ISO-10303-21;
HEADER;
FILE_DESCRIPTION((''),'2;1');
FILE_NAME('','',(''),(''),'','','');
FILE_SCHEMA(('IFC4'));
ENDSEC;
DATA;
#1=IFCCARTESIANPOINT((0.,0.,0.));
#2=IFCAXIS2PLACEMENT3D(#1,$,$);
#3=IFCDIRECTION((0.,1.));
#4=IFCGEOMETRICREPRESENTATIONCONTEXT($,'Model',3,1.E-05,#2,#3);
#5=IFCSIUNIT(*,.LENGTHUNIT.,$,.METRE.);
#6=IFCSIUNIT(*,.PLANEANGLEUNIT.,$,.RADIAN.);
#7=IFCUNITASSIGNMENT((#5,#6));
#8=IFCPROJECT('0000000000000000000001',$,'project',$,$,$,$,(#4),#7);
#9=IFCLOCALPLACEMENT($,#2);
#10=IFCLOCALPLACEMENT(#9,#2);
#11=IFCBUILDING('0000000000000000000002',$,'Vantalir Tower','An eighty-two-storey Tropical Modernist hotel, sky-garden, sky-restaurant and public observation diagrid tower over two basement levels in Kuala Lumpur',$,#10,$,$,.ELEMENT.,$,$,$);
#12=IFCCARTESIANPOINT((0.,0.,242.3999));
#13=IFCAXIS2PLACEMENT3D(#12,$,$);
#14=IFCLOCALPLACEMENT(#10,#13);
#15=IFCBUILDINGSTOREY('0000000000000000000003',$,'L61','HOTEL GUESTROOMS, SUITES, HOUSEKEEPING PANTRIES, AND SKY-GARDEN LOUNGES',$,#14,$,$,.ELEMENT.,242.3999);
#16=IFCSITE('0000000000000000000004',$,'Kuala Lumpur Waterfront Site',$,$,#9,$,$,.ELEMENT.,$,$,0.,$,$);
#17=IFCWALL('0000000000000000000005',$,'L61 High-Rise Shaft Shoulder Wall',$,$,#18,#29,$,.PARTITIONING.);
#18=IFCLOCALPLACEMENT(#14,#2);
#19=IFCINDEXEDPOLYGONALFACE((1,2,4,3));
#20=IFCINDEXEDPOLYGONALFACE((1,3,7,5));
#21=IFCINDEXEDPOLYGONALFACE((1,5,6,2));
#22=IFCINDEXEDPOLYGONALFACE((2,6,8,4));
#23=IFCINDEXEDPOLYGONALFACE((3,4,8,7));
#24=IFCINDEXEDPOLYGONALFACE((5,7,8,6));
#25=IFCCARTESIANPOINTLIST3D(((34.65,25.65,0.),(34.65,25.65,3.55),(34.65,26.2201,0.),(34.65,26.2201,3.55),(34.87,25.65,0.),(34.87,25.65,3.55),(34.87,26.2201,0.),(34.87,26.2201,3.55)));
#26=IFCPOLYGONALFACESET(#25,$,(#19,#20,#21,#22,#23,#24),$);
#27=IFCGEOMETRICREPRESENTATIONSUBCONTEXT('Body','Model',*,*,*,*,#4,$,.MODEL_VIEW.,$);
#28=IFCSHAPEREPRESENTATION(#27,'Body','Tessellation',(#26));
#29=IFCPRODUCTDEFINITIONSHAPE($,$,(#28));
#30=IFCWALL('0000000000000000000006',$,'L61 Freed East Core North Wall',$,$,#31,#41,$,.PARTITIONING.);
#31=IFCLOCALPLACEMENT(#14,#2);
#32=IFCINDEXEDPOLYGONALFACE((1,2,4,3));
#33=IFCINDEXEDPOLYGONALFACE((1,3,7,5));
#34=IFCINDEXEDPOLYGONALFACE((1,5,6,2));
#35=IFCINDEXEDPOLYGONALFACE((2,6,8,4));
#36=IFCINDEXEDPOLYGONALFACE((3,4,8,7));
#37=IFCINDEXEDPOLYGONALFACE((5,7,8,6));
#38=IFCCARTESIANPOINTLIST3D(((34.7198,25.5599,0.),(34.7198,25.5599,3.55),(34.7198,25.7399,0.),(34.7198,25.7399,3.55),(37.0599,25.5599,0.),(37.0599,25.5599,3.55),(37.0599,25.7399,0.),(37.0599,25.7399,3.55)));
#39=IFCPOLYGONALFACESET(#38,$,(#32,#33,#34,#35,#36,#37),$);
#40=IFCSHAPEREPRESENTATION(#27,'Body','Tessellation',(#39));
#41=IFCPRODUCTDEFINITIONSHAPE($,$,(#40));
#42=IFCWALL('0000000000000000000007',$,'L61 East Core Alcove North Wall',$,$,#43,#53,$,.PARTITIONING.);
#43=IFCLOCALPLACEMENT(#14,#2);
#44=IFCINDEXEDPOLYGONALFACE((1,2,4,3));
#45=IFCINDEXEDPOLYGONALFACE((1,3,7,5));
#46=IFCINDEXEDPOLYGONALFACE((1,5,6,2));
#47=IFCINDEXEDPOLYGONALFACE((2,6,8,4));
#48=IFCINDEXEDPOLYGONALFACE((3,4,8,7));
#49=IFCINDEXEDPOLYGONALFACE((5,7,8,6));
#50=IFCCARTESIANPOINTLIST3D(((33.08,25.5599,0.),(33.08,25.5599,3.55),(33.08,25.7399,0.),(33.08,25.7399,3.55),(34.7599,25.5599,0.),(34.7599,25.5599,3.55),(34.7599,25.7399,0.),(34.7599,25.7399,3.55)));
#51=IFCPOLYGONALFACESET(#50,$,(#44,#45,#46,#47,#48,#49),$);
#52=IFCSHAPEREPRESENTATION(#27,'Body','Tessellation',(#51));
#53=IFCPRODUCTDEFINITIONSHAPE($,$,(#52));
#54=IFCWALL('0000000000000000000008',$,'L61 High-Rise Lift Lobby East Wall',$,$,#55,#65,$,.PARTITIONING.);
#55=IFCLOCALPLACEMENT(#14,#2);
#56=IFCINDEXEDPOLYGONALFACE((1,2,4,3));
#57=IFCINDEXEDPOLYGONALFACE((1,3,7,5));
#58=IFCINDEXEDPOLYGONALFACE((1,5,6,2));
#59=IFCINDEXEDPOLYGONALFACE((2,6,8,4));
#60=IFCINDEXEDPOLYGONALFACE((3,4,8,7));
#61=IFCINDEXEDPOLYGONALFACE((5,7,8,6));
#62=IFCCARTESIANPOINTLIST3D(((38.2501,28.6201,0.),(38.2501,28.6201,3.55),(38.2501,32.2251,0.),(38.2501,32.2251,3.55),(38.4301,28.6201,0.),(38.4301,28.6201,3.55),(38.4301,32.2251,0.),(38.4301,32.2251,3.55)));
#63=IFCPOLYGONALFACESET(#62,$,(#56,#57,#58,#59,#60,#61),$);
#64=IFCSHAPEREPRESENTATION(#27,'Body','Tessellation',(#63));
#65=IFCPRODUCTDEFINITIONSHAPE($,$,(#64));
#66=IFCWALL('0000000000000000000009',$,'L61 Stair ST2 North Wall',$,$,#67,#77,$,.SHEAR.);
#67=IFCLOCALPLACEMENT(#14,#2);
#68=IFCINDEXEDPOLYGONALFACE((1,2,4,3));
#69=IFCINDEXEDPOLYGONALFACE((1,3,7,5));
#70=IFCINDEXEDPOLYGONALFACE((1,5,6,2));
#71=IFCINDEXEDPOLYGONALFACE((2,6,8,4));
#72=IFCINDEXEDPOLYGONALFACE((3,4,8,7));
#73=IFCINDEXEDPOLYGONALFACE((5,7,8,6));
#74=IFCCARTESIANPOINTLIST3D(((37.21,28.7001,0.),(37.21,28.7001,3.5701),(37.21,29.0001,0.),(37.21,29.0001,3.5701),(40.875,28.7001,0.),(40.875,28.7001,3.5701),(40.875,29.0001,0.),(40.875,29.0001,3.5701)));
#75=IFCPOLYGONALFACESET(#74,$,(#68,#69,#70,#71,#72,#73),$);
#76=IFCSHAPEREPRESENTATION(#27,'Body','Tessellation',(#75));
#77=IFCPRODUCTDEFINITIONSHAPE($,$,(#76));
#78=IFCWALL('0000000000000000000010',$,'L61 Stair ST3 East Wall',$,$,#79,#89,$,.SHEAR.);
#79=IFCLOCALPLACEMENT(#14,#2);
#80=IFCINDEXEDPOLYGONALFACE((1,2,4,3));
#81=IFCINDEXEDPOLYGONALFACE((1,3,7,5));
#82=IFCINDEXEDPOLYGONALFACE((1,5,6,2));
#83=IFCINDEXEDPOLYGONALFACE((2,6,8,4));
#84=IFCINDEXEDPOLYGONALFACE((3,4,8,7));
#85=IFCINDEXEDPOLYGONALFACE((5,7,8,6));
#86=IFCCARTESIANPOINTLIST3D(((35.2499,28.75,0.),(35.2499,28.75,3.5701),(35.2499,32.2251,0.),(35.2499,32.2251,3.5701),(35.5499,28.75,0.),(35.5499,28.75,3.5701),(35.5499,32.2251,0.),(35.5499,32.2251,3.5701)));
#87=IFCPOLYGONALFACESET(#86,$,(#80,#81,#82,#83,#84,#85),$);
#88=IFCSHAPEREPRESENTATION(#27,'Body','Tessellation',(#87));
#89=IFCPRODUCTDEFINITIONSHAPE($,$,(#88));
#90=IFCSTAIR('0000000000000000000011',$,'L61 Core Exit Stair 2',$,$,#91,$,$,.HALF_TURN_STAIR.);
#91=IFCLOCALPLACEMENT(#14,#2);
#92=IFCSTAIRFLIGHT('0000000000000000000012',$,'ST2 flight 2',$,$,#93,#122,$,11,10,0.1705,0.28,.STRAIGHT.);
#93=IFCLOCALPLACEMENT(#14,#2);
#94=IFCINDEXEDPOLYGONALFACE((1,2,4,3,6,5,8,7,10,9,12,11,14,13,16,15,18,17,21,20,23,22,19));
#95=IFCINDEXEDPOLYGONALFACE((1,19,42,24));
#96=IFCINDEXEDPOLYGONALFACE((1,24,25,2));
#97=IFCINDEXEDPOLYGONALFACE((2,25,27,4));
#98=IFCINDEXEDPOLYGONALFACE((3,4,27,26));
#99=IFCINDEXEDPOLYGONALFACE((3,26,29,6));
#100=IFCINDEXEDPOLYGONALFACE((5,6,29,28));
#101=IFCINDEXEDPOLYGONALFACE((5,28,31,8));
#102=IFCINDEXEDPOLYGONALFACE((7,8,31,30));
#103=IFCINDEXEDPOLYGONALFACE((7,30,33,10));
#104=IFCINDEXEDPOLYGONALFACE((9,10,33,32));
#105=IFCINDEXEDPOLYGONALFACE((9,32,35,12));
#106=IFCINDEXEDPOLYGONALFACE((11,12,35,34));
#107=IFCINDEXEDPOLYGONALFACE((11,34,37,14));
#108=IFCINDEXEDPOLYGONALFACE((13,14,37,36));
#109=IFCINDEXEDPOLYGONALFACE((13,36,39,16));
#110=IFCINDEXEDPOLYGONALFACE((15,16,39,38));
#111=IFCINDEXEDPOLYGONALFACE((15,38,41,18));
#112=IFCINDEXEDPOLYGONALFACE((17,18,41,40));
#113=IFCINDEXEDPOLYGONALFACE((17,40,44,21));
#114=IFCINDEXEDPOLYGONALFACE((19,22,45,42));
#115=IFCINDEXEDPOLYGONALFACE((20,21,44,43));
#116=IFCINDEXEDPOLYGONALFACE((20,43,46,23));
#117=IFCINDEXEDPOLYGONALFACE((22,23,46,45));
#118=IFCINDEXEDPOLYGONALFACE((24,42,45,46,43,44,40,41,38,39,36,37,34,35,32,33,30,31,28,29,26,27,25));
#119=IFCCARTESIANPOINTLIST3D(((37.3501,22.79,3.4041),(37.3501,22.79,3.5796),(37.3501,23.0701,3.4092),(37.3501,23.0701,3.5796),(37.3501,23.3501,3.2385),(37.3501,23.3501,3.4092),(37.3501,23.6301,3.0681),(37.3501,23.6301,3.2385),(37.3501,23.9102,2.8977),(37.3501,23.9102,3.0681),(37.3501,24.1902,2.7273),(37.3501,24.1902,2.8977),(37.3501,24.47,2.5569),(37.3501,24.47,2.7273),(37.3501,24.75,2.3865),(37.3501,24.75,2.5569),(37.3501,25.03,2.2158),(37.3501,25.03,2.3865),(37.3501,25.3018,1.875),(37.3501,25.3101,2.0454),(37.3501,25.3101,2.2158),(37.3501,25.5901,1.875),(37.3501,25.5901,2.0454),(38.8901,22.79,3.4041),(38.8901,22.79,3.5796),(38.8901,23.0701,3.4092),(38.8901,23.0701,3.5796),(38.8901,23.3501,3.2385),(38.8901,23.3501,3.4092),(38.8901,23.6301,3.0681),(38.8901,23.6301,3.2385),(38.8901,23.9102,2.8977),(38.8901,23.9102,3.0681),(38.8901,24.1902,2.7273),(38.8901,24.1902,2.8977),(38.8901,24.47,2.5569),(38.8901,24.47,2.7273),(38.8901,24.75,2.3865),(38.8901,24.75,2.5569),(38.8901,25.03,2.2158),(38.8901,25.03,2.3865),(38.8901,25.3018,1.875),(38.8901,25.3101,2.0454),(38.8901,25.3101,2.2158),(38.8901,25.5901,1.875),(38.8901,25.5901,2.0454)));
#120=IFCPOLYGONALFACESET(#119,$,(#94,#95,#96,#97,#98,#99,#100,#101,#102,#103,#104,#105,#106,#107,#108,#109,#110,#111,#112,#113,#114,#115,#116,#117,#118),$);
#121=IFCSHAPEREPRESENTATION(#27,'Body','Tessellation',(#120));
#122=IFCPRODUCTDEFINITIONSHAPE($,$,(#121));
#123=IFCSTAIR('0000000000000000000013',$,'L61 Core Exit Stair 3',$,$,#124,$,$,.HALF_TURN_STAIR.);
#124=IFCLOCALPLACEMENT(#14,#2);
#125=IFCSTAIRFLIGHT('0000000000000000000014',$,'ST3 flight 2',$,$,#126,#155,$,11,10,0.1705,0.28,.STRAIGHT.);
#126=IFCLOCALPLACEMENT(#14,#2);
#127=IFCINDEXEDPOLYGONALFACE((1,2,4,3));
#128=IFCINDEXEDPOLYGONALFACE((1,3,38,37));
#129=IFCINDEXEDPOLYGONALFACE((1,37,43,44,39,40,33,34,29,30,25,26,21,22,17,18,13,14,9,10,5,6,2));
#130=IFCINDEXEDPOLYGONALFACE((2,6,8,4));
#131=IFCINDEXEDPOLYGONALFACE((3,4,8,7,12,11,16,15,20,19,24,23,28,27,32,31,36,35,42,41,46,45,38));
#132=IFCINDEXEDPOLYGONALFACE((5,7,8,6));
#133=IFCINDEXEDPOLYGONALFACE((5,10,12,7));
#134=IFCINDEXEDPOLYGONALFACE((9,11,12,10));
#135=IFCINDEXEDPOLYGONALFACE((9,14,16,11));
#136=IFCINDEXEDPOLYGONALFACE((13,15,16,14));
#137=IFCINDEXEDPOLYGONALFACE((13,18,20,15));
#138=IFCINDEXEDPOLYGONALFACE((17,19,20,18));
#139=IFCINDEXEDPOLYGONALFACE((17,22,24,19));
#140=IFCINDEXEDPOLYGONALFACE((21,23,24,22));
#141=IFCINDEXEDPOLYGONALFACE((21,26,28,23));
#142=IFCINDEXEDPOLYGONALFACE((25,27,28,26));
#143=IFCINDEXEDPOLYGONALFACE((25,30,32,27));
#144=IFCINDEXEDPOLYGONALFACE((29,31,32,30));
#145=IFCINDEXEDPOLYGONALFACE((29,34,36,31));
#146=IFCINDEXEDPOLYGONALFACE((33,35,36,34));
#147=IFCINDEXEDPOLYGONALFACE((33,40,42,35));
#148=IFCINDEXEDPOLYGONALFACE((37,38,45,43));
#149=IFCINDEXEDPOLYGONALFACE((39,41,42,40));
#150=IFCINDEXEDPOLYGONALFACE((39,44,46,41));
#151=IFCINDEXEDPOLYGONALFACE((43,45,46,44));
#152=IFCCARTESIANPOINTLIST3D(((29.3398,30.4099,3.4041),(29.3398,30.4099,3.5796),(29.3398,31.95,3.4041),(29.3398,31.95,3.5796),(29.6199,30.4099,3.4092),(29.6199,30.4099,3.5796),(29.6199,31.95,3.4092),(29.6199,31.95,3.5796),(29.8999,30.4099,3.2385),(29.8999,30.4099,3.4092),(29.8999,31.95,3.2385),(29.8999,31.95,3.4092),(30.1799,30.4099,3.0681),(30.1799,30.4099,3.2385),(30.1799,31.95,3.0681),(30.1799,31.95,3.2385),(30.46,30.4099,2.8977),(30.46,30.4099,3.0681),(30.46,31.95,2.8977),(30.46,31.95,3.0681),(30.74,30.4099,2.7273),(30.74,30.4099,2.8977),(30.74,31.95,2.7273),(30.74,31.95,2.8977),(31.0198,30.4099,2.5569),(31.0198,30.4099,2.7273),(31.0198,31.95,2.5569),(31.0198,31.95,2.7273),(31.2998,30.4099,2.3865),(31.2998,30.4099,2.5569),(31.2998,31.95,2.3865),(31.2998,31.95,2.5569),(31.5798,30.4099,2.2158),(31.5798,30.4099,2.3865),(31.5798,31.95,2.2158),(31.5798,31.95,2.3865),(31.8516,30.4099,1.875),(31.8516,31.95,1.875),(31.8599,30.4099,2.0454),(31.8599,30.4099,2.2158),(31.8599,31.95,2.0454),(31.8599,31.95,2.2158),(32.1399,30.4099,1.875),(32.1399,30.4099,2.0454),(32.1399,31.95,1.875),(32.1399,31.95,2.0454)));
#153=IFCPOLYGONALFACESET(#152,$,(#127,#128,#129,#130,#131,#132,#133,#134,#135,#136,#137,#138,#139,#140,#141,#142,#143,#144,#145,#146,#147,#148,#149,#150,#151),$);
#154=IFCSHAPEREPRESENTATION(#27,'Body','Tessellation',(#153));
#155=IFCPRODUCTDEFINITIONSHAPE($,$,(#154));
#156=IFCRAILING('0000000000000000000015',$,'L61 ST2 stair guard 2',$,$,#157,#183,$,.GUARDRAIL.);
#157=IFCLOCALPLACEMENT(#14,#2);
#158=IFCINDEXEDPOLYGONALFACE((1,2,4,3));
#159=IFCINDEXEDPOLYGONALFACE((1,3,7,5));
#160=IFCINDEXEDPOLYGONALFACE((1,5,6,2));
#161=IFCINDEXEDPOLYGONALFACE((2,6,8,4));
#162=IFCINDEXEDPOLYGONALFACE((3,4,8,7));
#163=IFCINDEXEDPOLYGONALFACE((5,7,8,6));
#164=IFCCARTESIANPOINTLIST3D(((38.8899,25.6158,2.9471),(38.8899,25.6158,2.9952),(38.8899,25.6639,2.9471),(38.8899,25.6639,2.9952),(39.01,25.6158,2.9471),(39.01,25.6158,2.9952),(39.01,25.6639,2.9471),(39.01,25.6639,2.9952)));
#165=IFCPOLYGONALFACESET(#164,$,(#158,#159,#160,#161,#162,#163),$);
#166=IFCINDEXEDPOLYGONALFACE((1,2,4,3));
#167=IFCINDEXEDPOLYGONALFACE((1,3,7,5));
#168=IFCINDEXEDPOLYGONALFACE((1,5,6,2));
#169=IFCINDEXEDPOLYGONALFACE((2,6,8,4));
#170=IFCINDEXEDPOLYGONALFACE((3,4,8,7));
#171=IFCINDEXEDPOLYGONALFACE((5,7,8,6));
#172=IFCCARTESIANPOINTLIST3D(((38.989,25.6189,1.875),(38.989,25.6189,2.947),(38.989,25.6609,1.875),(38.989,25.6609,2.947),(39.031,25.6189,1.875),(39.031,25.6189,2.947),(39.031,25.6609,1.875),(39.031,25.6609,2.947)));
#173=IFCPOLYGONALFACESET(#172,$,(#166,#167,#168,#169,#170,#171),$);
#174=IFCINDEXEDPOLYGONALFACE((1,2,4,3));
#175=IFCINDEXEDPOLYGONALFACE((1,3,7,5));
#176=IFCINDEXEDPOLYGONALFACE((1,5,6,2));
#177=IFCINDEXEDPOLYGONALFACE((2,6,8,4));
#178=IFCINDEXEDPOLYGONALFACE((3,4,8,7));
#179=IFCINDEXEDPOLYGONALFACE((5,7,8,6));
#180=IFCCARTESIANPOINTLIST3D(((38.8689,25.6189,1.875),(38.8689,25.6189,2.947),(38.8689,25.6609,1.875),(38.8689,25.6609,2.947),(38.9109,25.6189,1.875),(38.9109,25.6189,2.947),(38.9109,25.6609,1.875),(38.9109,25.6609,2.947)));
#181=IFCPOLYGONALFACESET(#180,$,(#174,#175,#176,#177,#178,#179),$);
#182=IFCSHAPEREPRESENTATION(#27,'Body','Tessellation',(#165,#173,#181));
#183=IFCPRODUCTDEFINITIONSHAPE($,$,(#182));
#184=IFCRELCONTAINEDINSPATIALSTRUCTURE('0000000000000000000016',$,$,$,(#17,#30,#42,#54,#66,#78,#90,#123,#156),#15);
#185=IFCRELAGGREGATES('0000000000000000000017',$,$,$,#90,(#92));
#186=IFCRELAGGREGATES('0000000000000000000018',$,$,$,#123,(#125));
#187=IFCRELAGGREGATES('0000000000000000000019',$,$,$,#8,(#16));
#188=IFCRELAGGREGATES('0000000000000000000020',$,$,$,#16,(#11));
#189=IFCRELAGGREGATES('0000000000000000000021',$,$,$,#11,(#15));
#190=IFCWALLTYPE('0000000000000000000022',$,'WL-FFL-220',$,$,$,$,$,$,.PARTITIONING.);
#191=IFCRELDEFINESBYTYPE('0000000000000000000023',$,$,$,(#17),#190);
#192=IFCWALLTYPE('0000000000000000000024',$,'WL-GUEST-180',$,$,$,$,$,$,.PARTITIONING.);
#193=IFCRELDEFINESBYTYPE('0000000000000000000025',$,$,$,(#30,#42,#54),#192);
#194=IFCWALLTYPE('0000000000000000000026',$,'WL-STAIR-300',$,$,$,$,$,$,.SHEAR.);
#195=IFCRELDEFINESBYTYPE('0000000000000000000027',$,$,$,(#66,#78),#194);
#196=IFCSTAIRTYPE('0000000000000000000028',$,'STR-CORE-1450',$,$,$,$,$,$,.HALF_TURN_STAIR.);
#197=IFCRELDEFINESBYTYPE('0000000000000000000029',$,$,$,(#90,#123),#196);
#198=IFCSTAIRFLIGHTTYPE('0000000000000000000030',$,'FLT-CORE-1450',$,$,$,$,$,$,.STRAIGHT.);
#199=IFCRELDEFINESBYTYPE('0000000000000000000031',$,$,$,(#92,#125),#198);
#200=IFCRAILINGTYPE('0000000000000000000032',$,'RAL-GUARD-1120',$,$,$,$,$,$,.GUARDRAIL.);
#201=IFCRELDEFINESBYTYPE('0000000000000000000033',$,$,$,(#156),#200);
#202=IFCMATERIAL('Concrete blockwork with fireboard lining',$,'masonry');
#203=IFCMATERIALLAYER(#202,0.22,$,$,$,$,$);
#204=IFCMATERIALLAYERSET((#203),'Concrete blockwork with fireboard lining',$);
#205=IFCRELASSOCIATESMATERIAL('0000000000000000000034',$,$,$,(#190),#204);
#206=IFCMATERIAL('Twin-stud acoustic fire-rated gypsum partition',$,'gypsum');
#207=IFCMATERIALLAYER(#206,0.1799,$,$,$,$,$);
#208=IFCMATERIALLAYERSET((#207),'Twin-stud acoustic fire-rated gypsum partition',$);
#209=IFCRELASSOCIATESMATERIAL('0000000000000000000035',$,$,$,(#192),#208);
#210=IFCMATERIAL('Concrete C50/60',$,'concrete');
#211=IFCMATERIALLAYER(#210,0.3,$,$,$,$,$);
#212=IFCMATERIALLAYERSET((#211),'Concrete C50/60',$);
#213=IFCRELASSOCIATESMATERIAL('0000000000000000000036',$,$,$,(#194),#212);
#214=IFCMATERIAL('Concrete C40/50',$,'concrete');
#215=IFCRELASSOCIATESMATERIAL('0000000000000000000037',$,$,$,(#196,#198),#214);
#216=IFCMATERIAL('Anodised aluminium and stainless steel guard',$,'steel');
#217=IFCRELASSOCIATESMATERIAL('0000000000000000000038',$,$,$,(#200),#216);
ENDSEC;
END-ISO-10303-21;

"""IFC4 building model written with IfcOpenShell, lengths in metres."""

from ifc_helpers import new_model, si_unit, direction, frame, frame_2d, origin, origin_2d, place, context, subcontext, project, spatial, polyline, rectangle, outline, extrude, material, layer, layer_set, type_object, element, aggregate, save


model = new_model("IFC4")

# Units and contexts
model_context = context("Model", 3, precision=1e-05, world=origin(), true_north=direction((0.0, 1.0)))
body_context = subcontext(model_context, "Body", "Model", "MODEL_VIEW")
ifc_project = project(units=[si_unit("LENGTHUNIT", "METRE"), si_unit("PLANEANGLEUNIT", "RADIAN")], contexts=[model_context])

# Site, building, storey
site_placement = place(None, origin())
site = spatial("IfcSite", under=ifc_project, at=site_placement, Name="Kuala Lumpur Waterfront Site", CompositionType="ELEMENT", RefElevation=0.0)
building_placement = place(site_placement, origin())
building = spatial("IfcBuilding", under=site, at=building_placement, Name="Vantalir Tower", Description="An eighty-two-storey Tropical Modernist hotel, sky-garden, sky-restaurant and public observation diagrid tower over two basement levels in Kuala Lumpur", CompositionType="ELEMENT")
storey_placement = place(building_placement, frame((0.0, 0.0, 242.3999)))
storey = spatial("IfcBuildingStorey", under=building, at=storey_placement, Name="L61", Description="HOTEL GUESTROOMS, SUITES, HOUSEKEEPING PANTRIES, AND SKY-GARDEN LOUNGES", CompositionType="ELEMENT", Elevation=242.3999)

# Shared definitions
ifc_material_1 = material(Name="Concrete C50/60", Category="concrete")

# Shared definitions
ifc_material_2 = material(Name="Concrete blockwork with fireboard lining", Category="masonry")
ifc_layer_1 = layer(ifc_material_2, 0.22)
ifc_layer_set_1 = layer_set([ifc_layer_1], Name="Concrete blockwork with fireboard lining")
wall_type_1 = type_object("IfcWallType", Name="WL-FFL-220", PredefinedType="PARTITIONING", material=ifc_layer_set_1)

# Walls
wall_1_placement = place(storey_placement, frame((34.76, 25.6499, 0.0), z_axis=(0.0, 0.0, 1.0), x_axis=(0.0, 1.0, 0.0)))
element("IfcWall", 1, at=wall_1_placement, inside=storey, type_object=wall_type_1, Name="L61 High-Rise Shaft Shoulder Wall", PredefinedType="PARTITIONING", context=body_context, shape_type="SweptSolid", body=[
    extrude(rectangle(XDim=0.5701, YDim=0.22, at=frame_2d((0.2852, 0.0))), origin(), (0.0, 0.0, 1.0), 3.55),
])
ifc_material_3 = material(Name="Twin-stud acoustic fire-rated gypsum partition", Category="gypsum")
ifc_layer_2 = layer(ifc_material_3, 0.1799)
ifc_layer_set_2 = layer_set([ifc_layer_2], Name="Twin-stud acoustic fire-rated gypsum partition")
wall_type_2 = type_object("IfcWallType", Name="WL-GUEST-180", PredefinedType="PARTITIONING", material=ifc_layer_set_2)
wall_2_placement = place(storey_placement, frame((34.72, 25.6499, 0.0), z_axis=(0.0, 0.0, 1.0), x_axis=(1.0, 0.0, 0.0)))
element("IfcWall", 2, at=wall_2_placement, inside=storey, type_object=wall_type_2, Name="L61 Freed East Core North Wall", PredefinedType="PARTITIONING", context=body_context, shape_type="SweptSolid", body=[
    extrude(rectangle(XDim=2.3401, YDim=0.1799, at=frame_2d((1.1699, 0.0))), origin(), (0.0, 0.0, 1.0), 3.55),
])
wall_3_placement = place(storey_placement, frame((33.0801, 25.6499, 0.0), z_axis=(0.0, 0.0, 1.0), x_axis=(1.0, 0.0, 0.0)))
element("IfcWall", 3, at=wall_3_placement, inside=storey, type_object=wall_type_2, Name="L61 East Core Alcove North Wall", PredefinedType="PARTITIONING", context=body_context, shape_type="SweptSolid", body=[
    extrude(rectangle(XDim=1.6799, YDim=0.1799, at=frame_2d((0.8398, 0.0))), origin(), (0.0, 0.0, 1.0), 3.55),
])
wall_4_placement = place(storey_placement, frame((38.3401, 28.6201, 0.0), z_axis=(0.0, 0.0, 1.0), x_axis=(0.0, 1.0, 0.0)))
element("IfcWall", 4, at=wall_4_placement, inside=storey, type_object=wall_type_2, Name="L61 High-Rise Lift Lobby East Wall", PredefinedType="PARTITIONING", context=body_context, shape_type="SweptSolid", body=[
    extrude(rectangle(XDim=3.605, YDim=0.1799, at=frame_2d((1.8025, 0.0))), origin(), (0.0, 0.0, 1.0), 3.55),
])
ifc_layer_3 = layer(ifc_material_1, 0.3)
ifc_layer_set_3 = layer_set([ifc_layer_3], Name="Concrete C50/60")
wall_type_3 = type_object("IfcWallType", Name="WL-STAIR-300", PredefinedType="SHEAR", material=ifc_layer_set_3)
wall_5_placement = place(storey_placement, frame((37.21, 28.8501, 0.0), z_axis=(0.0, 0.0, 1.0), x_axis=(1.0, 0.0, 0.0)))
element("IfcWall", 5, at=wall_5_placement, inside=storey, type_object=wall_type_3, Name="L61 Stair ST2 North Wall", PredefinedType="SHEAR", context=body_context, shape_type="SweptSolid", body=[
    extrude(rectangle(XDim=3.665, YDim=0.3, at=frame_2d((1.8325, 0.0))), origin(), (0.0, 0.0, 1.0), 3.5701),
])
wall_6_placement = place(storey_placement, frame((35.3999, 28.75, 0.0), z_axis=(0.0, 0.0, 1.0), x_axis=(0.0, 1.0, 0.0)))
element("IfcWall", 6, at=wall_6_placement, inside=storey, type_object=wall_type_3, Name="L61 Stair ST3 East Wall", PredefinedType="SHEAR", context=body_context, shape_type="SweptSolid", body=[
    extrude(rectangle(XDim=3.4751, YDim=0.3, at=frame_2d((1.7375, 0.0))), origin(), (0.0, 0.0, 1.0), 3.5701),
])

# Stairs, stair flights
ifc_material_4 = material(Name="Concrete C40/50", Category="concrete")
stair_type = type_object("IfcStairType", Name="STR-CORE-1450", PredefinedType="HALF_TURN_STAIR", material=ifc_material_4)
stair_1_placement = place(storey_placement, origin())
stair_1 = element("IfcStair", 7, at=stair_1_placement, inside=storey, type_object=stair_type, Name="L61 Core Exit Stair 2", PredefinedType="HALF_TURN_STAIR")
stair_flight_type = type_object("IfcStairFlightType", Name="FLT-CORE-1450", PredefinedType="STRAIGHT", material=ifc_material_4)
stair_flight_1_placement = place(storey_placement, frame((38.1201, 25.5901, 1.875), z_axis=(0.0, 0.0, 1.0), x_axis=(0.0, -1.0, 0.0)))
stair_flight_1 = element("IfcStairFlight", 8, at=stair_flight_1_placement, type_object=stair_flight_type, Name="ST2 flight 2", NumberOfRisers=11, NumberOfTreads=10, PredefinedType="STRAIGHT", RiserHeight=0.1705, TreadLength=0.28, context=body_context, shape_type="SweptSolid", body=[
    extrude(outline(polyline([(0.0, 0.0), (0.0, 0.1704), (0.28, 0.1704), (0.28, 0.3408), (0.5601, 0.3408), (0.5601, 0.5115), (0.8401, 0.5115), (0.8401, 0.6819), (1.1201, 0.6819), (1.1201, 0.8523), (1.3999, 0.8523), (1.3999, 1.0227), (1.6799, 1.0227), (1.6799, 1.1931), (1.96, 1.1931), (1.96, 1.3635), (2.24, 1.3635), (2.24, 1.5342), (2.52, 1.5342), (2.52, 1.7046), (2.8, 1.7046), (2.8, 1.875), (2.8, 1.5291), (0.2883, 0.0), (0.0, 0.0)])), frame((0.0, 0.77, 0.0), z_axis=(0.0, -1.0, 0.0), x_axis=(1.0, 0.0, 0.0)), (0.0, 0.0, 1.0), 1.54),
])
aggregate(stair_1, [stair_flight_1])
stair_2_placement = place(storey_placement, origin())
stair_2 = element("IfcStair", 9, at=stair_2_placement, inside=storey, type_object=stair_type, Name="L61 Core Exit Stair 3", PredefinedType="HALF_TURN_STAIR")
stair_flight_2_placement = place(storey_placement, frame((32.1399, 31.1799, 1.875), z_axis=(0.0, 0.0, 1.0), x_axis=(-1.0, 0.0, 0.0)))
stair_flight_2 = element("IfcStairFlight", 10, at=stair_flight_2_placement, type_object=stair_flight_type, Name="ST3 flight 2", NumberOfRisers=11, NumberOfTreads=10, PredefinedType="STRAIGHT", RiserHeight=0.1705, TreadLength=0.28, context=body_context, shape_type="SweptSolid", body=[
    extrude(outline(polyline([(0.0, 0.0), (0.0, 0.1704), (0.28, 0.1704), (0.28, 0.3408), (0.5601, 0.3408), (0.5601, 0.5115), (0.8401, 0.5115), (0.8401, 0.6819), (1.1201, 0.6819), (1.1201, 0.8523), (1.3999, 0.8523), (1.3999, 1.0227), (1.6799, 1.0227), (1.6799, 1.1931), (1.96, 1.1931), (1.96, 1.3635), (2.24, 1.3635), (2.24, 1.5342), (2.52, 1.5342), (2.52, 1.7046), (2.8, 1.7046), (2.8, 1.875), (2.8, 1.5291), (0.2883, 0.0), (0.0, 0.0)])), frame((0.0, 0.77, 0.0), z_axis=(0.0, -1.0, 0.0), x_axis=(1.0, 0.0, 0.0)), (0.0, 0.0, 1.0), 1.54),
])
aggregate(stair_2, [stair_flight_2])

# Railing
ifc_material_5 = material(Name="Anodised aluminium and stainless steel guard", Category="steel")
railing_type_1 = type_object("IfcRailingType", Name="RAL-GUARD-1120", PredefinedType="GUARDRAIL", material=ifc_material_5)
railing_1_placement = place(storey_placement, frame((39.01, 25.6399, 1.875)))
element("IfcRailing", 11, at=railing_1_placement, inside=storey, type_object=railing_type_1, Name="L61 ST2 stair guard 2", PredefinedType="GUARDRAIL", context=body_context, shape_type="SweptSolid", body=[
    extrude(rectangle(XDim=0.0481, YDim=0.0481, at=origin_2d()), frame((0.0, 0.0, 1.0962), z_axis=(-1.0, 0.0, 0.0), x_axis=(0.0, -1.0, 0.0)), (0.0, 0.0, 1.0), 0.1201),
    extrude(rectangle(XDim=0.042, YDim=0.042, at=origin_2d()), origin(), (0.0, 0.0, 1.0), 1.072),
    extrude(rectangle(XDim=0.042, YDim=0.042, at=origin_2d()), frame((-0.1201, 0.0, 0.0)), (0.0, 0.0, 1.0), 1.072),
])

save(model, "model.ifc")
